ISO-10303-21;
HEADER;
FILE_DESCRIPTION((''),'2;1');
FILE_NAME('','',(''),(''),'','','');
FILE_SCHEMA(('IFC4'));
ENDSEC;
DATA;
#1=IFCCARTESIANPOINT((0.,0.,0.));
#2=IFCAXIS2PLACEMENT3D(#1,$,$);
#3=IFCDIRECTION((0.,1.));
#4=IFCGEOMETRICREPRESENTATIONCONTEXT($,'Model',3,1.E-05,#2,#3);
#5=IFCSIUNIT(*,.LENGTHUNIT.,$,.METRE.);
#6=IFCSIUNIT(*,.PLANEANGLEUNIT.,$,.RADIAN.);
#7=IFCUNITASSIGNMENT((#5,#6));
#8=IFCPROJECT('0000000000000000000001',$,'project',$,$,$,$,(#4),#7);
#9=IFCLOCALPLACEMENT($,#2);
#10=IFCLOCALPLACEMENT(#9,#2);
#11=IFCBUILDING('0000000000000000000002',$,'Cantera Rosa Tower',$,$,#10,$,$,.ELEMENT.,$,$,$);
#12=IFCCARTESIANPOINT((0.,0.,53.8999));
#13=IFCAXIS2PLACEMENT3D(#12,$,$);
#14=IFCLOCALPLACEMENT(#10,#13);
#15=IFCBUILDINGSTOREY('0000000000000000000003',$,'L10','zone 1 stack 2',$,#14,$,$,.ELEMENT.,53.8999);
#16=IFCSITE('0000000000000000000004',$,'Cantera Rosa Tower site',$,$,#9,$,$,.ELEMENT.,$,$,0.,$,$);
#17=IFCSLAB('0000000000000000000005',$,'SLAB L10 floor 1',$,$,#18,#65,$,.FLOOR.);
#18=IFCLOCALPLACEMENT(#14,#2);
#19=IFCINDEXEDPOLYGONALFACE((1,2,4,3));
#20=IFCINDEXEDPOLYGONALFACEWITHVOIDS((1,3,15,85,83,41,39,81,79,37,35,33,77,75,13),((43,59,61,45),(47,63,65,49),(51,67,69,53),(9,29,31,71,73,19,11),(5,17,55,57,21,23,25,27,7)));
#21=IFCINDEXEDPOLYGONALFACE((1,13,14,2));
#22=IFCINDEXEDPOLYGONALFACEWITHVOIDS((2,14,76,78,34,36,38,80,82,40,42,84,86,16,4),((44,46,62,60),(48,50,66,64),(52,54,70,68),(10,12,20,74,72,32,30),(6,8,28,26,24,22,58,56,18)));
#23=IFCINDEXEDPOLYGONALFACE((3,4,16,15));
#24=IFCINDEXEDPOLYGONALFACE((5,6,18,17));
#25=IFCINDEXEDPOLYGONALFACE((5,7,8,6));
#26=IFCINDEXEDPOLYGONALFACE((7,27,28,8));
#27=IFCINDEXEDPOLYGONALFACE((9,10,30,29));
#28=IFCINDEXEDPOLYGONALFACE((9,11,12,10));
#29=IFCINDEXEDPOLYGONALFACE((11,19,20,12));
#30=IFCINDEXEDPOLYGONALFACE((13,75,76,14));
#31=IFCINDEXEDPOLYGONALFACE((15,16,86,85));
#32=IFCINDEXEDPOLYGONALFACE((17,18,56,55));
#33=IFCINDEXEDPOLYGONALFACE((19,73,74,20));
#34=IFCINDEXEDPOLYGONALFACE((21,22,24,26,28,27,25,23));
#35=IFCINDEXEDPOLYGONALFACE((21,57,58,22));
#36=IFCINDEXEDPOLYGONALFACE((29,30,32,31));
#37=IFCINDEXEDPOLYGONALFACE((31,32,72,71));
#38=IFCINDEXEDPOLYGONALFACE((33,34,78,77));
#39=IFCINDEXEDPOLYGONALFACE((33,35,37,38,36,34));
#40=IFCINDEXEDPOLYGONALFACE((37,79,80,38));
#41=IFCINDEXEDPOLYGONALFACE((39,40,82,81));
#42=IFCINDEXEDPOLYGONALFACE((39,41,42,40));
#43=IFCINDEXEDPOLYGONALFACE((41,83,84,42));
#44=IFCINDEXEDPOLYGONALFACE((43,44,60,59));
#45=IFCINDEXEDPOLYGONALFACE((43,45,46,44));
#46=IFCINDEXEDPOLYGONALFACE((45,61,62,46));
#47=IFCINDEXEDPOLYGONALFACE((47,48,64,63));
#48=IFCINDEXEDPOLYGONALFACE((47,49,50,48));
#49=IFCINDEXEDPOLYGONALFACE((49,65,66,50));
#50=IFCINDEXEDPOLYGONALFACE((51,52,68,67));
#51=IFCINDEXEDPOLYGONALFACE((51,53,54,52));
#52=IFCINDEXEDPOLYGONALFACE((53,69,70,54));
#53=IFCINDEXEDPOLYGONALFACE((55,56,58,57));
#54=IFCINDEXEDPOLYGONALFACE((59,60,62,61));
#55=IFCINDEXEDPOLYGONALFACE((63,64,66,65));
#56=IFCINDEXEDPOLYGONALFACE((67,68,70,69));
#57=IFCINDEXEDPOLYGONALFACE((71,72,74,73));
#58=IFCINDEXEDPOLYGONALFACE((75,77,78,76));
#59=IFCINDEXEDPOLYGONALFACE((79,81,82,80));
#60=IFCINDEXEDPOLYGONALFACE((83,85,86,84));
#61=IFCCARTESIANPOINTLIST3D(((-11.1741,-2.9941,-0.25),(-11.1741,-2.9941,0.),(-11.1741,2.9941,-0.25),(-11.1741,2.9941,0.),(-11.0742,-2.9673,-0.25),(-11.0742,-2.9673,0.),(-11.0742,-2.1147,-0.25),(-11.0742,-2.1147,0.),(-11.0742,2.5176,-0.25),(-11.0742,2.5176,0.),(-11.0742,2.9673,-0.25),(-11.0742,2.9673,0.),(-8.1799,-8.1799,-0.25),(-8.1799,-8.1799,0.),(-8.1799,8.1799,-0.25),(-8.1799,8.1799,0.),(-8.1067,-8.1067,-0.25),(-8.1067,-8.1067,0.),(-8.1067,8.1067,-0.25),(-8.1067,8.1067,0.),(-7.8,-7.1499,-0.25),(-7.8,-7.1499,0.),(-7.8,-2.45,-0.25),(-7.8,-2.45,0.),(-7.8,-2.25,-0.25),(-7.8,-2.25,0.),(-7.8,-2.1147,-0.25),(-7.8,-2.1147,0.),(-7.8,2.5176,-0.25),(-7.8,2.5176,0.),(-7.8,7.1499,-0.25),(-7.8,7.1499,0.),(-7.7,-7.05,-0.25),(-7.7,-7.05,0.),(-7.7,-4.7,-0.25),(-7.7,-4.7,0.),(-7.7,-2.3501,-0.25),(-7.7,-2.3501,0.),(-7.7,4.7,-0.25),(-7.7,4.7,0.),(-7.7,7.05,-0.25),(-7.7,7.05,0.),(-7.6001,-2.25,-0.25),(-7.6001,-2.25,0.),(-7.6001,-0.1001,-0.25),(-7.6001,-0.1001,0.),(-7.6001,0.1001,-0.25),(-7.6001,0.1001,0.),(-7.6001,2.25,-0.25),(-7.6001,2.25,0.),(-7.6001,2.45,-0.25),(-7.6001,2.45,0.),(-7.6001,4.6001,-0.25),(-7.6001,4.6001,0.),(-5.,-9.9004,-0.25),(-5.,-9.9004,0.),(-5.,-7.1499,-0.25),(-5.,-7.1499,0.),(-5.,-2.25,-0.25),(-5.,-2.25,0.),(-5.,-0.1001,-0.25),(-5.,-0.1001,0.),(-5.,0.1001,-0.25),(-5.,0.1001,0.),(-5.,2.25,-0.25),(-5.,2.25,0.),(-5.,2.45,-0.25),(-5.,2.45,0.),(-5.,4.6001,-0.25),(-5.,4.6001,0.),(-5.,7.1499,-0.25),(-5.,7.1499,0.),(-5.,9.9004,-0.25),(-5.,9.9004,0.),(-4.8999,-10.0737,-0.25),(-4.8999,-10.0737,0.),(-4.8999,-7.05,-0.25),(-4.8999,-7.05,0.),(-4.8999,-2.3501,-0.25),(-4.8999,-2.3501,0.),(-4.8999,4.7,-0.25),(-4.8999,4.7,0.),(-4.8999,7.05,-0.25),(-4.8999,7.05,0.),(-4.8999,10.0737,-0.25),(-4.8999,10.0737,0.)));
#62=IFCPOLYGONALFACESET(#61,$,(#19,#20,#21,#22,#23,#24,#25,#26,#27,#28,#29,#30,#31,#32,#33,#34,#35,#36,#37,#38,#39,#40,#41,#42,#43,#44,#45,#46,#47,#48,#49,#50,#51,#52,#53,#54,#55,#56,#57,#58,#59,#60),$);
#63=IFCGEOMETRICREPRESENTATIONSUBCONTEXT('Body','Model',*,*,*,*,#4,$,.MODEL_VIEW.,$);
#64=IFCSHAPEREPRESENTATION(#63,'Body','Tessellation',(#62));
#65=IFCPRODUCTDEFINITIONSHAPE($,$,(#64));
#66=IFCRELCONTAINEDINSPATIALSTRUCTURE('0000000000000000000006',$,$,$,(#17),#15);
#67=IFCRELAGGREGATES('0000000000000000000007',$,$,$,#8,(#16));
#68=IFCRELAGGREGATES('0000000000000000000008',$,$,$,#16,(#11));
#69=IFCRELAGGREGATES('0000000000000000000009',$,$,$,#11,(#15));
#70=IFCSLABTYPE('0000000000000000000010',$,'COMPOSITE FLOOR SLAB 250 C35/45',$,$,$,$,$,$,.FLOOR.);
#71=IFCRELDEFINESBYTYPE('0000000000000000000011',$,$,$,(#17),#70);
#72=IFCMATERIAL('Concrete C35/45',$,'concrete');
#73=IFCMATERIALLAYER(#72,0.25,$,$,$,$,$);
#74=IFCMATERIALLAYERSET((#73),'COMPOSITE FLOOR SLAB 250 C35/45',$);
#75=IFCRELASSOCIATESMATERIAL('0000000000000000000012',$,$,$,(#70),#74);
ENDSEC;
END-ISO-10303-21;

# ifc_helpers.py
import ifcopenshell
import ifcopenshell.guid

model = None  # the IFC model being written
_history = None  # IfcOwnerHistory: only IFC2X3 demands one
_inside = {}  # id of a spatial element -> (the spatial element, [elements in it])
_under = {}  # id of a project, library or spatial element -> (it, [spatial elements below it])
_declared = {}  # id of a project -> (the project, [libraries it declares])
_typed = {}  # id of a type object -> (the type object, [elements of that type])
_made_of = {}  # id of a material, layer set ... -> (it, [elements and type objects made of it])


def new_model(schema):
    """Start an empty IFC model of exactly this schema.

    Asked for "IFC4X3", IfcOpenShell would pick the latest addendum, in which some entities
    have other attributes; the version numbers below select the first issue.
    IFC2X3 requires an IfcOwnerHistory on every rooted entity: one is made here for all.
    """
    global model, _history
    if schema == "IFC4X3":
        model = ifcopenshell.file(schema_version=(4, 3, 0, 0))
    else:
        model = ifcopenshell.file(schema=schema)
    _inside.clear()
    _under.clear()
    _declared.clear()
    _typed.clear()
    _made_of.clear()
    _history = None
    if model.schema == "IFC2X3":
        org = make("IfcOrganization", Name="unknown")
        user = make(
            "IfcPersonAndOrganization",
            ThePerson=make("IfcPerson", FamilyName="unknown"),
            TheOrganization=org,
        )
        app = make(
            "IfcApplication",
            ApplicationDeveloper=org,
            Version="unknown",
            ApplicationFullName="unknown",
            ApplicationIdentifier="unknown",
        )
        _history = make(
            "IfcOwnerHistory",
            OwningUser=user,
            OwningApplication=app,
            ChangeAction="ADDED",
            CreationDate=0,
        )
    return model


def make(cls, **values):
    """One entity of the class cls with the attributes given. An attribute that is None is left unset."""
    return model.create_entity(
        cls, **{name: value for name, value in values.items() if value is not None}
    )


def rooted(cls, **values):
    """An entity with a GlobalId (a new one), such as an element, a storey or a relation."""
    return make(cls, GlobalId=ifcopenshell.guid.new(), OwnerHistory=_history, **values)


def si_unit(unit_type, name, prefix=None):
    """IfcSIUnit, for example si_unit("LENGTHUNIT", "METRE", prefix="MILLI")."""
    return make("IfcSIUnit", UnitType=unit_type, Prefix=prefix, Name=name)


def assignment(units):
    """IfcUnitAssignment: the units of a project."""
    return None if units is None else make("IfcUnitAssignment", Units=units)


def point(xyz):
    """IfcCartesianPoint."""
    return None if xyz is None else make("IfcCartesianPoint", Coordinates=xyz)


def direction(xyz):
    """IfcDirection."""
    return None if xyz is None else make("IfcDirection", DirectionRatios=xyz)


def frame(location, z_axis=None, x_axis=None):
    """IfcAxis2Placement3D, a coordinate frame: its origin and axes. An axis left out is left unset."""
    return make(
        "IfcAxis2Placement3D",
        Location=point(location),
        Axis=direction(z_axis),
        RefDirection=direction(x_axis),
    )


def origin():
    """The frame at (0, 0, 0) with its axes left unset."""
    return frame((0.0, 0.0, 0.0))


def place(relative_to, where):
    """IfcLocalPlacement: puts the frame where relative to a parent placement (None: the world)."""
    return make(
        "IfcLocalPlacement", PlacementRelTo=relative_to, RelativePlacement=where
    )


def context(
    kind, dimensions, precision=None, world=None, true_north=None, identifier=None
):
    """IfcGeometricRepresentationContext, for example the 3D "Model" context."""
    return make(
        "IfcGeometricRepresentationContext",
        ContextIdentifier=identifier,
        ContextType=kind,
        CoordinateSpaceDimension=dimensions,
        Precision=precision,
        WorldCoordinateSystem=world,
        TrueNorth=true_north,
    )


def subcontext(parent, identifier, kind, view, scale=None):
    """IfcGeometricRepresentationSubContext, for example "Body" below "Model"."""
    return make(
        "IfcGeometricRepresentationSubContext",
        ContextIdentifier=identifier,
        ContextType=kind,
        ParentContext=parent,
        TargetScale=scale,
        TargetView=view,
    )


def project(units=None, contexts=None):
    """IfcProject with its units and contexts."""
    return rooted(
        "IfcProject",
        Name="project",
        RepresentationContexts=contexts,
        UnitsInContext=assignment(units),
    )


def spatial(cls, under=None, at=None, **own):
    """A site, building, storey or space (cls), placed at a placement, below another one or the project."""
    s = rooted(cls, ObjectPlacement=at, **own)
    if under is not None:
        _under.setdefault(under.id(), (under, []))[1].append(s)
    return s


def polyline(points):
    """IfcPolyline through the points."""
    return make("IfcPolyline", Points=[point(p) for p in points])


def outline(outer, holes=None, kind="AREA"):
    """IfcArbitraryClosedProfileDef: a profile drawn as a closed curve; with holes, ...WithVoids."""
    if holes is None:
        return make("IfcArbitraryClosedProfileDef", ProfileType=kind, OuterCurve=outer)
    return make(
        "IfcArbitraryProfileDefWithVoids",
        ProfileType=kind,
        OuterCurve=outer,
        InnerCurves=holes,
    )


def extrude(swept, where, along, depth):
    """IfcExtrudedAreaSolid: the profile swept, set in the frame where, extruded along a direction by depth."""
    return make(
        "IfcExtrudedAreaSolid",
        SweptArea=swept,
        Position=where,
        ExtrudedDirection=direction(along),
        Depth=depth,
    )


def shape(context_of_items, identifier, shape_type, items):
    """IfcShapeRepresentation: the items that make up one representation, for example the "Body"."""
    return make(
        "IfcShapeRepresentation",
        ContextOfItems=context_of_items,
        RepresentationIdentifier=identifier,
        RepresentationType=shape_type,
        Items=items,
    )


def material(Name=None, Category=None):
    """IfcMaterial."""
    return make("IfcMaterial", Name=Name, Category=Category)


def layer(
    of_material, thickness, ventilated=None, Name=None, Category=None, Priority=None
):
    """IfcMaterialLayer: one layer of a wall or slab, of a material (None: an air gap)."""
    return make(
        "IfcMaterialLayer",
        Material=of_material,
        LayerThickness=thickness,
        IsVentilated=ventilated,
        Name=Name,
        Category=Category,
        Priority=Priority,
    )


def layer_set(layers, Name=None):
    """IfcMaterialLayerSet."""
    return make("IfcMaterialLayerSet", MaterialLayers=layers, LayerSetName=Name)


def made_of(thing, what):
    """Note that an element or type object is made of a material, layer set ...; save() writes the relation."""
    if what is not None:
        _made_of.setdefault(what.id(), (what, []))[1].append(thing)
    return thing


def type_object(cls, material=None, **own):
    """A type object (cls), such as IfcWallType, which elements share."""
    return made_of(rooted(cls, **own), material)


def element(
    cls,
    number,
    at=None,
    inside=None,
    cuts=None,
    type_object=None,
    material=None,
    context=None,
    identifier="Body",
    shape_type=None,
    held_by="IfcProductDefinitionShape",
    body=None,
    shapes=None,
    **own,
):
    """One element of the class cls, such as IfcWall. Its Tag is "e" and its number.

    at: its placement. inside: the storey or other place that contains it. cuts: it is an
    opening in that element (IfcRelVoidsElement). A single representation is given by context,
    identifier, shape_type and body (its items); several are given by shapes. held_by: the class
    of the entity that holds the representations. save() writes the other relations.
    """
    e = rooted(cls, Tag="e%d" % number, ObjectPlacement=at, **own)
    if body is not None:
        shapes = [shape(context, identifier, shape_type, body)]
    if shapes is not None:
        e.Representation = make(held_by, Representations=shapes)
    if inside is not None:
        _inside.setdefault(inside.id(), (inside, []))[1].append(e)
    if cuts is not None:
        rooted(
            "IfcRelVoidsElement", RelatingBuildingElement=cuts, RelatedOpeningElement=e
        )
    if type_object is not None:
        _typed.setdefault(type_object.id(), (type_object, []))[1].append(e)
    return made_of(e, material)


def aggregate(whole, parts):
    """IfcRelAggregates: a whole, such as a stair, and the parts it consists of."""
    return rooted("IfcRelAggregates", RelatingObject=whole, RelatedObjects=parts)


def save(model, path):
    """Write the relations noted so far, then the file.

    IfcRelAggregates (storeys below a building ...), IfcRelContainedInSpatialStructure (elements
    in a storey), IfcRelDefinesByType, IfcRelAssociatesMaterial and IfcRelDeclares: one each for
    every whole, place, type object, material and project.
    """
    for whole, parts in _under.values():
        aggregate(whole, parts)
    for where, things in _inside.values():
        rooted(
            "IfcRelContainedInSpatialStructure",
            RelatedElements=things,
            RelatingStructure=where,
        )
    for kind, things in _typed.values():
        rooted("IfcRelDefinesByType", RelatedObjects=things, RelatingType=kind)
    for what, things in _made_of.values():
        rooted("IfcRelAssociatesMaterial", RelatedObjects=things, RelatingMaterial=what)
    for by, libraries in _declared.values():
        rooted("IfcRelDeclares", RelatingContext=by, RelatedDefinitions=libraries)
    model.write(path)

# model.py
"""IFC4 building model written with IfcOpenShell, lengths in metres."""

from ifc_helpers import new_model, si_unit, direction, frame, origin, place, context, subcontext, project, spatial, polyline, outline, extrude, material, layer, layer_set, type_object, element, save


model = new_model("IFC4")

# Units and contexts
model_context = context("Model", 3, precision=1e-05, world=origin(), true_north=direction((0.0, 1.0)))
body_context = subcontext(model_context, "Body", "Model", "MODEL_VIEW")
ifc_project = project(units=[si_unit("LENGTHUNIT", "METRE"), si_unit("PLANEANGLEUNIT", "RADIAN")], contexts=[model_context])

# Site, building, storey
site_placement = place(None, origin())
site = spatial("IfcSite", under=ifc_project, at=site_placement, Name="Cantera Rosa Tower site", CompositionType="ELEMENT", RefElevation=0.0)
building_placement = place(site_placement, origin())
building = spatial("IfcBuilding", under=site, at=building_placement, Name="Cantera Rosa Tower", CompositionType="ELEMENT")
storey_placement = place(building_placement, frame((0.0, 0.0, 53.8999)))
storey = spatial("IfcBuildingStorey", under=building, at=storey_placement, Name="L10", Description="zone 1 stack 2", CompositionType="ELEMENT", Elevation=53.8999)

# Slab
ifc_material_1 = material(Name="Concrete C35/45", Category="concrete")
ifc_layer_1 = layer(ifc_material_1, 0.25)
ifc_layer_set_1 = layer_set([ifc_layer_1], Name="COMPOSITE FLOOR SLAB 250 C35/45")
slab_type = type_object("IfcSlabType", Name="COMPOSITE FLOOR SLAB 250 C35/45", PredefinedType="FLOOR", material=ifc_layer_set_1)
slab_1_placement = place(storey_placement, frame((0.0, 0.0, -0.25)))
element("IfcSlab", 1, at=slab_1_placement, inside=storey, type_object=slab_type, Name="SLAB L10 floor 1", PredefinedType="FLOOR", context=body_context, shape_type="SweptSolid", body=[
    extrude(outline(polyline([(-4.8999, -10.0737), (-8.1799, -8.1799), (-11.1741, -2.9941), (-11.1741, 2.9941), (-8.1799, 8.1799), (-4.8999, 10.0737), (-4.8999, 7.05), (-7.7, 7.05), (-7.7, 4.7), (-4.8999, 4.7), (-4.8999, -2.3501), (-7.7, -2.3501), (-7.7, -4.7), (-7.7, -7.05), (-4.8999, -7.05), (-4.8999, -10.0737)]), holes=[polyline([(-7.8, -7.1499), (-7.8, -2.45), (-7.8, -2.25), (-7.8, -2.1147), (-11.0742, -2.1147), (-11.0742, -2.9673), (-8.1067, -8.1067), (-5.0, -9.9004), (-5.0, -7.1499), (-7.8, -7.1499)]), polyline([(-5.0, -0.1001), (-7.6001, -0.1001), (-7.6001, -2.25), (-5.0, -2.25), (-5.0, -0.1001)]), polyline([(-5.0, 2.25), (-7.6001, 2.25), (-7.6001, 0.1001), (-5.0, 0.1001), (-5.0, 2.25)]), polyline([(-5.0, 2.45), (-5.0, 4.6001), (-7.6001, 4.6001), (-7.6001, 2.45), (-5.0, 2.45)]), polyline([(-8.1067, 8.1067), (-11.0742, 2.9673), (-11.0742, 2.5176), (-7.8, 2.5176), (-7.8, 7.1499), (-5.0, 7.1499), (-5.0, 9.9004), (-8.1067, 8.1067)])]), origin(), (0.0, 0.0, 1.0), 0.25),
])

save(model, "model.ifc")
